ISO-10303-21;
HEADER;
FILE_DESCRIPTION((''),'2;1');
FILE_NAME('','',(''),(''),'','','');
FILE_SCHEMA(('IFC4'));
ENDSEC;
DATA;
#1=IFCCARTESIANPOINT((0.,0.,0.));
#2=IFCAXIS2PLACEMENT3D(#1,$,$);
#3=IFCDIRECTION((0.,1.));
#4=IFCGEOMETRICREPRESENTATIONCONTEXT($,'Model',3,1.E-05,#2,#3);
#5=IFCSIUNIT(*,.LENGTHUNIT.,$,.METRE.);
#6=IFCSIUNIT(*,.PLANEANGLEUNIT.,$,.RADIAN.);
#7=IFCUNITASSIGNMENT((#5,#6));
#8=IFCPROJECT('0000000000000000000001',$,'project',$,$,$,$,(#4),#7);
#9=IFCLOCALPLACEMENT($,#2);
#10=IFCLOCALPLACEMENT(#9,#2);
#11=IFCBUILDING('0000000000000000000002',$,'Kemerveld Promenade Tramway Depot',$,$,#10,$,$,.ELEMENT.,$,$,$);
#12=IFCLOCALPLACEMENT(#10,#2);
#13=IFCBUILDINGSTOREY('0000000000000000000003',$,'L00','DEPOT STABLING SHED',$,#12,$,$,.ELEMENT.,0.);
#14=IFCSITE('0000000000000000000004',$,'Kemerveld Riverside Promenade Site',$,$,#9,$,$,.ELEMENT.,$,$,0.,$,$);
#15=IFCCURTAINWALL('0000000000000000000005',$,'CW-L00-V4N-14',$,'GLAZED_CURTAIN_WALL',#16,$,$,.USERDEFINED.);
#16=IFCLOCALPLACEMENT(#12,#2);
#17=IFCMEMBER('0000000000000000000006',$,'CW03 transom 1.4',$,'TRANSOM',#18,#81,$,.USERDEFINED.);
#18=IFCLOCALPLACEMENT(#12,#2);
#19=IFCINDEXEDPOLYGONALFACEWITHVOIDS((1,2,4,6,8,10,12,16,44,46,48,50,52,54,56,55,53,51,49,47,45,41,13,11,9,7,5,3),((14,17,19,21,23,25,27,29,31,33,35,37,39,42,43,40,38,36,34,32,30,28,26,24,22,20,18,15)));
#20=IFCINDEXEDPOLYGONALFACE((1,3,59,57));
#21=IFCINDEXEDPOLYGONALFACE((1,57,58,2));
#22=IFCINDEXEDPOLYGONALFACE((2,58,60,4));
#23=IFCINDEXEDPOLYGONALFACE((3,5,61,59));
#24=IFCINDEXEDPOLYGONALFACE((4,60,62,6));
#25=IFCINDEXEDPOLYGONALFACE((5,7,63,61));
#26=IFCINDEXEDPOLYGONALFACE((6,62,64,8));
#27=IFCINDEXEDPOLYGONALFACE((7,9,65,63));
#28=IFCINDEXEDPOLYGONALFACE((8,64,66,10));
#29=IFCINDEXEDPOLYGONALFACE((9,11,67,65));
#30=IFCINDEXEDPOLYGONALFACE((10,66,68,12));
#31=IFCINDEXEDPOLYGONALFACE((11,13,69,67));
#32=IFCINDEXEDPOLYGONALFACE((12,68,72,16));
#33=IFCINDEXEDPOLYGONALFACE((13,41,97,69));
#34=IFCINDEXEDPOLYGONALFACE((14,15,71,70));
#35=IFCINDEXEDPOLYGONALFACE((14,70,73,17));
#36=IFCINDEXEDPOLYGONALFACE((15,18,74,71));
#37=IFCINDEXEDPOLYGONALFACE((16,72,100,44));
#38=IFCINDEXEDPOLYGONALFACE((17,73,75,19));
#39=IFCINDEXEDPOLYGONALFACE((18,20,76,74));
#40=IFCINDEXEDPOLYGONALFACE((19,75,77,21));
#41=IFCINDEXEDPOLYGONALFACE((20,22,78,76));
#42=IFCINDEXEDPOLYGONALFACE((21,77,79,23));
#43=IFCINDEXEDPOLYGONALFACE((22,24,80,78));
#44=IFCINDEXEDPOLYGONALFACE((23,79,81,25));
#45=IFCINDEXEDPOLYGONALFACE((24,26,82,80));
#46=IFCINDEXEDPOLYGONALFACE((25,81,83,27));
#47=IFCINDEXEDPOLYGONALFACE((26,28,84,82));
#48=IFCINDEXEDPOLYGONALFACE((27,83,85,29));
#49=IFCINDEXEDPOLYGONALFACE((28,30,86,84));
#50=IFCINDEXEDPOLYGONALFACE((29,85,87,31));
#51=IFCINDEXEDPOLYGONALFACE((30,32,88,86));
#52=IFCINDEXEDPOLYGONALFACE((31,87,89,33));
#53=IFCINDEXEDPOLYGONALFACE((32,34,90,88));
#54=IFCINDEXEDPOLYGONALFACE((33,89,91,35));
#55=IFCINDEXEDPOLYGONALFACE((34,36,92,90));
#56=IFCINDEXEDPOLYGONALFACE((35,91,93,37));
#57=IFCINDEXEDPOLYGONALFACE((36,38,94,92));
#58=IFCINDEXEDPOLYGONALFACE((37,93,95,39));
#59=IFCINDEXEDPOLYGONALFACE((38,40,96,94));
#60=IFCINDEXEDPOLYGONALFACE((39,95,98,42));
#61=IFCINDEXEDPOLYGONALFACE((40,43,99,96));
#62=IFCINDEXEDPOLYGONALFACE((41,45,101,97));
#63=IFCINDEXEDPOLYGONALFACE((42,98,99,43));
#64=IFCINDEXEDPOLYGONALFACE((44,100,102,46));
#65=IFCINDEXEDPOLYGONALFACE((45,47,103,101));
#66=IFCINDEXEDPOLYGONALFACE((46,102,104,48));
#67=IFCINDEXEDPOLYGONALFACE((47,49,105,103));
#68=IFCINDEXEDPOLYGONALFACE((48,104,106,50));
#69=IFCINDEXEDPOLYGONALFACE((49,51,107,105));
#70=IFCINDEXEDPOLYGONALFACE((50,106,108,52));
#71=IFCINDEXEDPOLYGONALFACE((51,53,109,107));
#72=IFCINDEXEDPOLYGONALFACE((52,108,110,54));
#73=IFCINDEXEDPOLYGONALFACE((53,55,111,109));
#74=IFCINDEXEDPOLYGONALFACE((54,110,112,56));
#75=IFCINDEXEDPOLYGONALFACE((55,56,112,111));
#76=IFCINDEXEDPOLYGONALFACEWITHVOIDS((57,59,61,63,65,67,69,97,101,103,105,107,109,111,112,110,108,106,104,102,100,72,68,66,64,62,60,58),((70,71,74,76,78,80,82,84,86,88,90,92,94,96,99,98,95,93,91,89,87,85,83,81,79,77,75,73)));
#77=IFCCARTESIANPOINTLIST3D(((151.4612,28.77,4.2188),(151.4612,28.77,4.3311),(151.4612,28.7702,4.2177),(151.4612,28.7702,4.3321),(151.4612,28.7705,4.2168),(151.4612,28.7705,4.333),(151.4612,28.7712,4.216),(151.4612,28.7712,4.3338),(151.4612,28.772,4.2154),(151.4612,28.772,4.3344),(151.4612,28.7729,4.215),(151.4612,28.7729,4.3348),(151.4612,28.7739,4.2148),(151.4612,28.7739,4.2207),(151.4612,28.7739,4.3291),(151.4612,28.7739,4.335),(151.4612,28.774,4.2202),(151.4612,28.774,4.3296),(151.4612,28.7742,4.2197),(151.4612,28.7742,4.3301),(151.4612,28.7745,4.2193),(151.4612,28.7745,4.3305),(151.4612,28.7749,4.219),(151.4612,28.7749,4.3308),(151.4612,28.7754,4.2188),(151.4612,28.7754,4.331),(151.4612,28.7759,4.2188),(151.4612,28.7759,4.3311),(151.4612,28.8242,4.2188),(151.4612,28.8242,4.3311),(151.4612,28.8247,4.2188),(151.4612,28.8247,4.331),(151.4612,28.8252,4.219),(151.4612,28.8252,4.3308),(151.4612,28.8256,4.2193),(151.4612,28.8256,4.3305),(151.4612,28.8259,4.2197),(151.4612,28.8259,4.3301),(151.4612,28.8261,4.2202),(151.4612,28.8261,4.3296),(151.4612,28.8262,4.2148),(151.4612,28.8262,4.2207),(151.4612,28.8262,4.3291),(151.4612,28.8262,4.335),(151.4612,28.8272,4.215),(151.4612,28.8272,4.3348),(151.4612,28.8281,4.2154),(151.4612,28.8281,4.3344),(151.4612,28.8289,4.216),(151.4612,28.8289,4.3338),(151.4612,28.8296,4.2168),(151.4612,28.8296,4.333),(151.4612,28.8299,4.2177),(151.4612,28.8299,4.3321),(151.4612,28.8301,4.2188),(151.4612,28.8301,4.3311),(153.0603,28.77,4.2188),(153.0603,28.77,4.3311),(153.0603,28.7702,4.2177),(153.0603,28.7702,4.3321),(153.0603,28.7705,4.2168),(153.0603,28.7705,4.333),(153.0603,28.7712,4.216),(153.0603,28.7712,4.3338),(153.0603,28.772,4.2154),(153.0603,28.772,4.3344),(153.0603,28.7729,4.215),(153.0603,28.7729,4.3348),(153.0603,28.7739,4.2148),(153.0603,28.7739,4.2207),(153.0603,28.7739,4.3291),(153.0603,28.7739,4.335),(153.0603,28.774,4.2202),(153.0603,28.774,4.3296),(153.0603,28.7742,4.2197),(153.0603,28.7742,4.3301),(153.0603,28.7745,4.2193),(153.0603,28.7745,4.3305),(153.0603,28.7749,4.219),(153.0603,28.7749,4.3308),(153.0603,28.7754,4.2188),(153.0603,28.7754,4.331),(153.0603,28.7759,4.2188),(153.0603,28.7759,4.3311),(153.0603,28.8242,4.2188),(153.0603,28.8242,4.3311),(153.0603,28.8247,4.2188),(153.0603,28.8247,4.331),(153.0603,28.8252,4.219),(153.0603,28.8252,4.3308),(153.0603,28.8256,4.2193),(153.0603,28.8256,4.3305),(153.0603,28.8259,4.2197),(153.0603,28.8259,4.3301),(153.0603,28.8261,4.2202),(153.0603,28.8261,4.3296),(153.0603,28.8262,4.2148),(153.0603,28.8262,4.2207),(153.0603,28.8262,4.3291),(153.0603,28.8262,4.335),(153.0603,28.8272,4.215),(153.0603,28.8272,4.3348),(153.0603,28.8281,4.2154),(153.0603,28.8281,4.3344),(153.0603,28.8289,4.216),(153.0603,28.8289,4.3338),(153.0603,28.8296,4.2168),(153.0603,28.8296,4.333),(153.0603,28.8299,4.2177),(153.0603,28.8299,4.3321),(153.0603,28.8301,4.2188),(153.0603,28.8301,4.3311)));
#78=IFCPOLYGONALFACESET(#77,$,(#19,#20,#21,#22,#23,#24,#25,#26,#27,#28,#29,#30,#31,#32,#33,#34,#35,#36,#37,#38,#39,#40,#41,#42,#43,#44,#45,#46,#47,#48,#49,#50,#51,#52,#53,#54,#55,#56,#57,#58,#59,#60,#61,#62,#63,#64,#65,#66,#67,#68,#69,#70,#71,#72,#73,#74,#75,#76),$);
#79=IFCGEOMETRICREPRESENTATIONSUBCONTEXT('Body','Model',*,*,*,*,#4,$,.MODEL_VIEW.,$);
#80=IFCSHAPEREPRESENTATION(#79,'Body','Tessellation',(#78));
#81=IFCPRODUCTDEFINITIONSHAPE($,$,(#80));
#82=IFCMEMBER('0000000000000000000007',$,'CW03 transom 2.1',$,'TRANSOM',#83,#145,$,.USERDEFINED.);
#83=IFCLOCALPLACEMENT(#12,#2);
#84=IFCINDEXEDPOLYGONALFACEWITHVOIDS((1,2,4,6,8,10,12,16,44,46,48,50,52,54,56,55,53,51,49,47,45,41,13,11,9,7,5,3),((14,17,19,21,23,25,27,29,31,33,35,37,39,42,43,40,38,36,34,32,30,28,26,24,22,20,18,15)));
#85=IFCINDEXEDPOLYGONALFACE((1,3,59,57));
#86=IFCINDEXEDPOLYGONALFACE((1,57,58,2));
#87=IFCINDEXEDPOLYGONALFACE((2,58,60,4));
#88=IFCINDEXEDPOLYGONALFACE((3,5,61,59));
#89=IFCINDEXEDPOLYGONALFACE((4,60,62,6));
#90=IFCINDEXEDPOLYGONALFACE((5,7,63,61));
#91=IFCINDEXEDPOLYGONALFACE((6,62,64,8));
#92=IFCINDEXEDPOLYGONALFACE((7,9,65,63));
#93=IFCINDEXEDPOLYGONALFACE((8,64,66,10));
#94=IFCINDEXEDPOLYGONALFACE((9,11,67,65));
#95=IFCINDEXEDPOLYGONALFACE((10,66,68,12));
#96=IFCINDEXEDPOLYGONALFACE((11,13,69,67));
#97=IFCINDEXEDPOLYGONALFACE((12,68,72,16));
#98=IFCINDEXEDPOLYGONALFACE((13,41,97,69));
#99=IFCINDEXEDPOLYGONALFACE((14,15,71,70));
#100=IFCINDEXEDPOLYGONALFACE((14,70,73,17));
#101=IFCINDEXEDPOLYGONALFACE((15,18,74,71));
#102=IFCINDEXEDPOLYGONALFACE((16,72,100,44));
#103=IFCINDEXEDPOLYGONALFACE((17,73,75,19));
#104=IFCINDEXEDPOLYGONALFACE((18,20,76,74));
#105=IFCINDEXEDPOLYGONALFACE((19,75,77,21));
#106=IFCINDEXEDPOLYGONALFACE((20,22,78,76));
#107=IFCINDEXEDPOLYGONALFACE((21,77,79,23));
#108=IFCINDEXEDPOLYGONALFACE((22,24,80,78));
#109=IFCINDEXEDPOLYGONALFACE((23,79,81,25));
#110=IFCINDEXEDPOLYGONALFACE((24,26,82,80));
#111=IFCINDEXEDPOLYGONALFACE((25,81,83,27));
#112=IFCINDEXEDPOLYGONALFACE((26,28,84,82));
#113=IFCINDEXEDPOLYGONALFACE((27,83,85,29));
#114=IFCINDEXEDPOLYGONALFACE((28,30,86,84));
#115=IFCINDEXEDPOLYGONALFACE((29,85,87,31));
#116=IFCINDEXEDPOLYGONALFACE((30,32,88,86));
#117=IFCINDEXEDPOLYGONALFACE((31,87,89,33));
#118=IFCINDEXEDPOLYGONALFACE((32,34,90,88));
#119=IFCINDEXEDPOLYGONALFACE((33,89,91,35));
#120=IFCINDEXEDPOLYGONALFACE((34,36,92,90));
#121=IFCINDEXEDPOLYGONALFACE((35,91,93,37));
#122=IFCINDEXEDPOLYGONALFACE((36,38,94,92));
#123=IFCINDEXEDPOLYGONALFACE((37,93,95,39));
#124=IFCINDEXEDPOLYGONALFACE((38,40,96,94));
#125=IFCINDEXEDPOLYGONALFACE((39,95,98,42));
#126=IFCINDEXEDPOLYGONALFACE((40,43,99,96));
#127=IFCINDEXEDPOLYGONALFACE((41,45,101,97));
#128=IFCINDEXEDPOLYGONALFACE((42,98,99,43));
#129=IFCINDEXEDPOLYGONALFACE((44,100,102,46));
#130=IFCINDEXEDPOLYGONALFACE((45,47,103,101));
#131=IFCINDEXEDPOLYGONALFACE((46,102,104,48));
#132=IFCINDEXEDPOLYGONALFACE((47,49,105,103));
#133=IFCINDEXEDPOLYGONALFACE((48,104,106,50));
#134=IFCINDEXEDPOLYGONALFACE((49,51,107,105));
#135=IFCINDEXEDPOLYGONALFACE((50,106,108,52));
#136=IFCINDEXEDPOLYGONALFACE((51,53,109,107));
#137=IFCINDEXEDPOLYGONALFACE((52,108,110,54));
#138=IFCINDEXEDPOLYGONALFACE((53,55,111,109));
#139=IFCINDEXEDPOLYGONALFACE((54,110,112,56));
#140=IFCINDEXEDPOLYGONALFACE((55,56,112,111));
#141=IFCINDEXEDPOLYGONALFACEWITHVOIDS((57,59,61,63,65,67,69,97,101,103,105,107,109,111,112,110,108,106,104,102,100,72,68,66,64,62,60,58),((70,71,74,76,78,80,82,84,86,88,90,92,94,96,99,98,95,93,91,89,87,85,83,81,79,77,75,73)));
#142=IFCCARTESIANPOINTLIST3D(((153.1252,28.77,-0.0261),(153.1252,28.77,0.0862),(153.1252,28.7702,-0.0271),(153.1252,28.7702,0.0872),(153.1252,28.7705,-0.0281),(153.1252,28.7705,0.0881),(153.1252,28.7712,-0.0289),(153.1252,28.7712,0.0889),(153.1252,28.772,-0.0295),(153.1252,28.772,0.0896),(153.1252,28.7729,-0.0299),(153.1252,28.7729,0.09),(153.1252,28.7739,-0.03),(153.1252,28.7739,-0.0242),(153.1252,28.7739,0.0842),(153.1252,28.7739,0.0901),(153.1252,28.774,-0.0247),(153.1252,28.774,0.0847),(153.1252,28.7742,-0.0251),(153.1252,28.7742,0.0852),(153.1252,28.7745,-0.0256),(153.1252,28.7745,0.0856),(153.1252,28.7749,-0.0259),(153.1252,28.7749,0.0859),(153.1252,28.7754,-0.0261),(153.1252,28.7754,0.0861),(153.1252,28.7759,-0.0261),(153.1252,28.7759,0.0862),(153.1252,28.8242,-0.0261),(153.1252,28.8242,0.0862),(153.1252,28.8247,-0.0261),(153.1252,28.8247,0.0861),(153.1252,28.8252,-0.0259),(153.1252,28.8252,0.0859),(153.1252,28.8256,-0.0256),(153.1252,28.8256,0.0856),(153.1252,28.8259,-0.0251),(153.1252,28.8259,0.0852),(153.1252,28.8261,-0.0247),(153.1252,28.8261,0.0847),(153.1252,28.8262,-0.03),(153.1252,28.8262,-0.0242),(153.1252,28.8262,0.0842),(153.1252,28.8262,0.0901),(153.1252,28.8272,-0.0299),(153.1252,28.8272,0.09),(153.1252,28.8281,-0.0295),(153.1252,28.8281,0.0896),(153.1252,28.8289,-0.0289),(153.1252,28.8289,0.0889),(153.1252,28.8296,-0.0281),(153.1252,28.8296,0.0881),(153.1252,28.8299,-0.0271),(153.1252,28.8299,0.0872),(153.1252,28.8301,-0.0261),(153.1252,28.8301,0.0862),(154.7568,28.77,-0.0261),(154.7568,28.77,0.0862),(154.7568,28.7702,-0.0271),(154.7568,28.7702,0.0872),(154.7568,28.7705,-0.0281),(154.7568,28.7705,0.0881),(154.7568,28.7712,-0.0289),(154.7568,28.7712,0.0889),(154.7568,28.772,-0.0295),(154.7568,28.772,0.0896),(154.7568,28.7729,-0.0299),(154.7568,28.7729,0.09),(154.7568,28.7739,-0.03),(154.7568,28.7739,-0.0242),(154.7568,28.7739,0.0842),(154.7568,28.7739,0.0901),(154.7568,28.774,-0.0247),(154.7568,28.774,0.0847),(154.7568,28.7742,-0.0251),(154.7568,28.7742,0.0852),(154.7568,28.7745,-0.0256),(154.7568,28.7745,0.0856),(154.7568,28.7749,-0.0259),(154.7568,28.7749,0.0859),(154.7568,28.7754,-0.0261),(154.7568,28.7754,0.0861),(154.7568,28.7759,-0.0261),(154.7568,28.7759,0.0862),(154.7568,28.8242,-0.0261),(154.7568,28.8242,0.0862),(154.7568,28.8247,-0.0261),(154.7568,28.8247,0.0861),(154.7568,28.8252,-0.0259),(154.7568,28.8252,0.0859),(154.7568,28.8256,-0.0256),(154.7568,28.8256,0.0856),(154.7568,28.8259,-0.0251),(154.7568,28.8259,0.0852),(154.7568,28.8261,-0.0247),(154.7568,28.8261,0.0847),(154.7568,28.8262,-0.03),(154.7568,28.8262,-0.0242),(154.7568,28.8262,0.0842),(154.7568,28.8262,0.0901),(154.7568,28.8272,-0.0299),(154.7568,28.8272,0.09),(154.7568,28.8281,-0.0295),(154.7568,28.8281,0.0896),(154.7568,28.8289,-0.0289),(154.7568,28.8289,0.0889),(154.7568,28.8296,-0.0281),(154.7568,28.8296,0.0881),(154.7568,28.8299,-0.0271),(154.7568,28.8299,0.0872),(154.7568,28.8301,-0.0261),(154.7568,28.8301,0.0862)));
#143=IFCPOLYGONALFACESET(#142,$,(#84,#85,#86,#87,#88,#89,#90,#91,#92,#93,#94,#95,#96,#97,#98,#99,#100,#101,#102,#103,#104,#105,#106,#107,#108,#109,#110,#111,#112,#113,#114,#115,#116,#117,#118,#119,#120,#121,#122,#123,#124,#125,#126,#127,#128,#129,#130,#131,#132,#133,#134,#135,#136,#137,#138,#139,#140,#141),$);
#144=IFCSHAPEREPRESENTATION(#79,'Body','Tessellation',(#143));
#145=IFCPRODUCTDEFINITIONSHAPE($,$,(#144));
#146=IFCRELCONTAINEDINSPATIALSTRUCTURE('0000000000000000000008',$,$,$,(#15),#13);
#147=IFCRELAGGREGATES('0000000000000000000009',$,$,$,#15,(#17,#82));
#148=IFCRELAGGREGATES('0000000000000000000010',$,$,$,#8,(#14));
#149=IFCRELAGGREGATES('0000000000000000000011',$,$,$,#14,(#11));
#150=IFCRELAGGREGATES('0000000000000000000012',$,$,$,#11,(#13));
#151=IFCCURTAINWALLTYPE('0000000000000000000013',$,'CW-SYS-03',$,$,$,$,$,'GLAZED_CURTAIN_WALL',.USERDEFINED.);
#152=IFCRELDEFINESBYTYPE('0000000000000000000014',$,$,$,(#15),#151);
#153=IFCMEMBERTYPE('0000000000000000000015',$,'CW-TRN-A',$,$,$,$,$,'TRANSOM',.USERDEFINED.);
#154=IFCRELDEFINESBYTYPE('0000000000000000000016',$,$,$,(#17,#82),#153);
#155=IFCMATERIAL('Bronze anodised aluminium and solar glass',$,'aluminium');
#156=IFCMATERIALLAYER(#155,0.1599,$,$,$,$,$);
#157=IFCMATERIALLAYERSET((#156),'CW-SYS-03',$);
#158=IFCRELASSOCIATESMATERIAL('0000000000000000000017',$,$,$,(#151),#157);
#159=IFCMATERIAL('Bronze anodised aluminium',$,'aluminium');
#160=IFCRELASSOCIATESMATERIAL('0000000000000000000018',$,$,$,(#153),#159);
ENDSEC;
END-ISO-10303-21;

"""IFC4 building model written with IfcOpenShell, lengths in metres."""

from ifc_helpers import new_model, si_unit, direction, frame, origin, origin_2d, place, context, subcontext, project, spatial, hollow_rectangle, extrude, material, layer, layer_set, material_profile, profile_set, type_object, element, aggregate, save


model = new_model("IFC4")

# Units and contexts
model_context = context("Model", 3, precision=1e-05, world=origin(), true_north=direction((0.0, 1.0)))
body_context = subcontext(model_context, "Body", "Model", "MODEL_VIEW")
ifc_project = project(units=[si_unit("LENGTHUNIT", "METRE"), si_unit("PLANEANGLEUNIT", "RADIAN")], contexts=[model_context])

# Site, building, storey
site_placement = place(None, origin())
site = spatial("IfcSite", under=ifc_project, at=site_placement, Name="Kemerveld Riverside Promenade Site", CompositionType="ELEMENT", RefElevation=0.0)
building_placement = place(site_placement, origin())
building = spatial("IfcBuilding", under=site, at=building_placement, Name="Kemerveld Promenade Tramway Depot", CompositionType="ELEMENT")
storey_placement = place(building_placement, origin())
storey = spatial("IfcBuildingStorey", under=building, at=storey_placement, Name="L00", Description="DEPOT STABLING SHED", CompositionType="ELEMENT", Elevation=0.0)

# Curtain wall, members
ifc_material_1 = material(Name="Bronze anodised aluminium and solar glass", Category="aluminium")
ifc_layer_1 = layer(ifc_material_1, 0.1599)
ifc_layer_set_1 = layer_set([ifc_layer_1], Name="CW-SYS-03")
curtain_wall_type = type_object("IfcCurtainWallType", Name="CW-SYS-03", ElementType="GLAZED_CURTAIN_WALL", PredefinedType="USERDEFINED", material=ifc_layer_set_1)
curtain_wall_placement = place(storey_placement, origin())
curtain_wall = element("IfcCurtainWall", 1, at=curtain_wall_placement, inside=storey, type_object=curtain_wall_type, Name="CW-L00-V4N-14", ObjectType="GLAZED_CURTAIN_WALL", PredefinedType="USERDEFINED")
ifc_material_2 = material(Name="Bronze anodised aluminium", Category="aluminium")
ifc_material_profile_1 = material_profile(ifc_material_2, hollow_rectangle(XDim=0.0601, YDim=0.1201, WallThickness=0.0039, InnerFilletRadius=0.002, OuterFilletRadius=0.0039, at=origin_2d()), Name="CW-TRN-120x60")
ifc_profile_set_1 = profile_set([ifc_material_profile_1], Name="Bronze anodised aluminium")
member_type_1 = type_object("IfcMemberType", Name="CW-TRN-A", ElementType="TRANSOM", PredefinedType="USERDEFINED", material=ifc_profile_set_1)
member_1_placement = place(storey_placement, frame((151.4612, 28.8, 4.2749), z_axis=(1.0, 0.0, 0.0), x_axis=(0.0, 1.0, 0.0)))
member_1 = element("IfcMember", 2, at=member_1_placement, type_object=member_type_1, Name="CW03 transom 1.4", ObjectType="TRANSOM", PredefinedType="USERDEFINED", context=body_context, shape_type="SweptSolid", body=[
    extrude(hollow_rectangle(XDim=0.0601, YDim=0.1201, WallThickness=0.0039, InnerFilletRadius=0.002, OuterFilletRadius=0.0039, at=origin_2d()), origin(), (0.0, 0.0, 1.0), 1.5991),
])
member_2_placement = place(storey_placement, frame((153.1252, 28.8, 0.03), z_axis=(1.0, 0.0, 0.0), x_axis=(0.0, 1.0, 0.0)))
member_2 = element("IfcMember", 3, at=member_2_placement, type_object=member_type_1, Name="CW03 transom 2.1", ObjectType="TRANSOM", PredefinedType="USERDEFINED", context=body_context, shape_type="SweptSolid", body=[
    extrude(hollow_rectangle(XDim=0.0601, YDim=0.1201, WallThickness=0.0039, InnerFilletRadius=0.002, OuterFilletRadius=0.0039, at=origin_2d()), origin(), (0.0, 0.0, 1.0), 1.6316),
])
aggregate(curtain_wall, [member_1, member_2])

save(model, "model.ifc")
